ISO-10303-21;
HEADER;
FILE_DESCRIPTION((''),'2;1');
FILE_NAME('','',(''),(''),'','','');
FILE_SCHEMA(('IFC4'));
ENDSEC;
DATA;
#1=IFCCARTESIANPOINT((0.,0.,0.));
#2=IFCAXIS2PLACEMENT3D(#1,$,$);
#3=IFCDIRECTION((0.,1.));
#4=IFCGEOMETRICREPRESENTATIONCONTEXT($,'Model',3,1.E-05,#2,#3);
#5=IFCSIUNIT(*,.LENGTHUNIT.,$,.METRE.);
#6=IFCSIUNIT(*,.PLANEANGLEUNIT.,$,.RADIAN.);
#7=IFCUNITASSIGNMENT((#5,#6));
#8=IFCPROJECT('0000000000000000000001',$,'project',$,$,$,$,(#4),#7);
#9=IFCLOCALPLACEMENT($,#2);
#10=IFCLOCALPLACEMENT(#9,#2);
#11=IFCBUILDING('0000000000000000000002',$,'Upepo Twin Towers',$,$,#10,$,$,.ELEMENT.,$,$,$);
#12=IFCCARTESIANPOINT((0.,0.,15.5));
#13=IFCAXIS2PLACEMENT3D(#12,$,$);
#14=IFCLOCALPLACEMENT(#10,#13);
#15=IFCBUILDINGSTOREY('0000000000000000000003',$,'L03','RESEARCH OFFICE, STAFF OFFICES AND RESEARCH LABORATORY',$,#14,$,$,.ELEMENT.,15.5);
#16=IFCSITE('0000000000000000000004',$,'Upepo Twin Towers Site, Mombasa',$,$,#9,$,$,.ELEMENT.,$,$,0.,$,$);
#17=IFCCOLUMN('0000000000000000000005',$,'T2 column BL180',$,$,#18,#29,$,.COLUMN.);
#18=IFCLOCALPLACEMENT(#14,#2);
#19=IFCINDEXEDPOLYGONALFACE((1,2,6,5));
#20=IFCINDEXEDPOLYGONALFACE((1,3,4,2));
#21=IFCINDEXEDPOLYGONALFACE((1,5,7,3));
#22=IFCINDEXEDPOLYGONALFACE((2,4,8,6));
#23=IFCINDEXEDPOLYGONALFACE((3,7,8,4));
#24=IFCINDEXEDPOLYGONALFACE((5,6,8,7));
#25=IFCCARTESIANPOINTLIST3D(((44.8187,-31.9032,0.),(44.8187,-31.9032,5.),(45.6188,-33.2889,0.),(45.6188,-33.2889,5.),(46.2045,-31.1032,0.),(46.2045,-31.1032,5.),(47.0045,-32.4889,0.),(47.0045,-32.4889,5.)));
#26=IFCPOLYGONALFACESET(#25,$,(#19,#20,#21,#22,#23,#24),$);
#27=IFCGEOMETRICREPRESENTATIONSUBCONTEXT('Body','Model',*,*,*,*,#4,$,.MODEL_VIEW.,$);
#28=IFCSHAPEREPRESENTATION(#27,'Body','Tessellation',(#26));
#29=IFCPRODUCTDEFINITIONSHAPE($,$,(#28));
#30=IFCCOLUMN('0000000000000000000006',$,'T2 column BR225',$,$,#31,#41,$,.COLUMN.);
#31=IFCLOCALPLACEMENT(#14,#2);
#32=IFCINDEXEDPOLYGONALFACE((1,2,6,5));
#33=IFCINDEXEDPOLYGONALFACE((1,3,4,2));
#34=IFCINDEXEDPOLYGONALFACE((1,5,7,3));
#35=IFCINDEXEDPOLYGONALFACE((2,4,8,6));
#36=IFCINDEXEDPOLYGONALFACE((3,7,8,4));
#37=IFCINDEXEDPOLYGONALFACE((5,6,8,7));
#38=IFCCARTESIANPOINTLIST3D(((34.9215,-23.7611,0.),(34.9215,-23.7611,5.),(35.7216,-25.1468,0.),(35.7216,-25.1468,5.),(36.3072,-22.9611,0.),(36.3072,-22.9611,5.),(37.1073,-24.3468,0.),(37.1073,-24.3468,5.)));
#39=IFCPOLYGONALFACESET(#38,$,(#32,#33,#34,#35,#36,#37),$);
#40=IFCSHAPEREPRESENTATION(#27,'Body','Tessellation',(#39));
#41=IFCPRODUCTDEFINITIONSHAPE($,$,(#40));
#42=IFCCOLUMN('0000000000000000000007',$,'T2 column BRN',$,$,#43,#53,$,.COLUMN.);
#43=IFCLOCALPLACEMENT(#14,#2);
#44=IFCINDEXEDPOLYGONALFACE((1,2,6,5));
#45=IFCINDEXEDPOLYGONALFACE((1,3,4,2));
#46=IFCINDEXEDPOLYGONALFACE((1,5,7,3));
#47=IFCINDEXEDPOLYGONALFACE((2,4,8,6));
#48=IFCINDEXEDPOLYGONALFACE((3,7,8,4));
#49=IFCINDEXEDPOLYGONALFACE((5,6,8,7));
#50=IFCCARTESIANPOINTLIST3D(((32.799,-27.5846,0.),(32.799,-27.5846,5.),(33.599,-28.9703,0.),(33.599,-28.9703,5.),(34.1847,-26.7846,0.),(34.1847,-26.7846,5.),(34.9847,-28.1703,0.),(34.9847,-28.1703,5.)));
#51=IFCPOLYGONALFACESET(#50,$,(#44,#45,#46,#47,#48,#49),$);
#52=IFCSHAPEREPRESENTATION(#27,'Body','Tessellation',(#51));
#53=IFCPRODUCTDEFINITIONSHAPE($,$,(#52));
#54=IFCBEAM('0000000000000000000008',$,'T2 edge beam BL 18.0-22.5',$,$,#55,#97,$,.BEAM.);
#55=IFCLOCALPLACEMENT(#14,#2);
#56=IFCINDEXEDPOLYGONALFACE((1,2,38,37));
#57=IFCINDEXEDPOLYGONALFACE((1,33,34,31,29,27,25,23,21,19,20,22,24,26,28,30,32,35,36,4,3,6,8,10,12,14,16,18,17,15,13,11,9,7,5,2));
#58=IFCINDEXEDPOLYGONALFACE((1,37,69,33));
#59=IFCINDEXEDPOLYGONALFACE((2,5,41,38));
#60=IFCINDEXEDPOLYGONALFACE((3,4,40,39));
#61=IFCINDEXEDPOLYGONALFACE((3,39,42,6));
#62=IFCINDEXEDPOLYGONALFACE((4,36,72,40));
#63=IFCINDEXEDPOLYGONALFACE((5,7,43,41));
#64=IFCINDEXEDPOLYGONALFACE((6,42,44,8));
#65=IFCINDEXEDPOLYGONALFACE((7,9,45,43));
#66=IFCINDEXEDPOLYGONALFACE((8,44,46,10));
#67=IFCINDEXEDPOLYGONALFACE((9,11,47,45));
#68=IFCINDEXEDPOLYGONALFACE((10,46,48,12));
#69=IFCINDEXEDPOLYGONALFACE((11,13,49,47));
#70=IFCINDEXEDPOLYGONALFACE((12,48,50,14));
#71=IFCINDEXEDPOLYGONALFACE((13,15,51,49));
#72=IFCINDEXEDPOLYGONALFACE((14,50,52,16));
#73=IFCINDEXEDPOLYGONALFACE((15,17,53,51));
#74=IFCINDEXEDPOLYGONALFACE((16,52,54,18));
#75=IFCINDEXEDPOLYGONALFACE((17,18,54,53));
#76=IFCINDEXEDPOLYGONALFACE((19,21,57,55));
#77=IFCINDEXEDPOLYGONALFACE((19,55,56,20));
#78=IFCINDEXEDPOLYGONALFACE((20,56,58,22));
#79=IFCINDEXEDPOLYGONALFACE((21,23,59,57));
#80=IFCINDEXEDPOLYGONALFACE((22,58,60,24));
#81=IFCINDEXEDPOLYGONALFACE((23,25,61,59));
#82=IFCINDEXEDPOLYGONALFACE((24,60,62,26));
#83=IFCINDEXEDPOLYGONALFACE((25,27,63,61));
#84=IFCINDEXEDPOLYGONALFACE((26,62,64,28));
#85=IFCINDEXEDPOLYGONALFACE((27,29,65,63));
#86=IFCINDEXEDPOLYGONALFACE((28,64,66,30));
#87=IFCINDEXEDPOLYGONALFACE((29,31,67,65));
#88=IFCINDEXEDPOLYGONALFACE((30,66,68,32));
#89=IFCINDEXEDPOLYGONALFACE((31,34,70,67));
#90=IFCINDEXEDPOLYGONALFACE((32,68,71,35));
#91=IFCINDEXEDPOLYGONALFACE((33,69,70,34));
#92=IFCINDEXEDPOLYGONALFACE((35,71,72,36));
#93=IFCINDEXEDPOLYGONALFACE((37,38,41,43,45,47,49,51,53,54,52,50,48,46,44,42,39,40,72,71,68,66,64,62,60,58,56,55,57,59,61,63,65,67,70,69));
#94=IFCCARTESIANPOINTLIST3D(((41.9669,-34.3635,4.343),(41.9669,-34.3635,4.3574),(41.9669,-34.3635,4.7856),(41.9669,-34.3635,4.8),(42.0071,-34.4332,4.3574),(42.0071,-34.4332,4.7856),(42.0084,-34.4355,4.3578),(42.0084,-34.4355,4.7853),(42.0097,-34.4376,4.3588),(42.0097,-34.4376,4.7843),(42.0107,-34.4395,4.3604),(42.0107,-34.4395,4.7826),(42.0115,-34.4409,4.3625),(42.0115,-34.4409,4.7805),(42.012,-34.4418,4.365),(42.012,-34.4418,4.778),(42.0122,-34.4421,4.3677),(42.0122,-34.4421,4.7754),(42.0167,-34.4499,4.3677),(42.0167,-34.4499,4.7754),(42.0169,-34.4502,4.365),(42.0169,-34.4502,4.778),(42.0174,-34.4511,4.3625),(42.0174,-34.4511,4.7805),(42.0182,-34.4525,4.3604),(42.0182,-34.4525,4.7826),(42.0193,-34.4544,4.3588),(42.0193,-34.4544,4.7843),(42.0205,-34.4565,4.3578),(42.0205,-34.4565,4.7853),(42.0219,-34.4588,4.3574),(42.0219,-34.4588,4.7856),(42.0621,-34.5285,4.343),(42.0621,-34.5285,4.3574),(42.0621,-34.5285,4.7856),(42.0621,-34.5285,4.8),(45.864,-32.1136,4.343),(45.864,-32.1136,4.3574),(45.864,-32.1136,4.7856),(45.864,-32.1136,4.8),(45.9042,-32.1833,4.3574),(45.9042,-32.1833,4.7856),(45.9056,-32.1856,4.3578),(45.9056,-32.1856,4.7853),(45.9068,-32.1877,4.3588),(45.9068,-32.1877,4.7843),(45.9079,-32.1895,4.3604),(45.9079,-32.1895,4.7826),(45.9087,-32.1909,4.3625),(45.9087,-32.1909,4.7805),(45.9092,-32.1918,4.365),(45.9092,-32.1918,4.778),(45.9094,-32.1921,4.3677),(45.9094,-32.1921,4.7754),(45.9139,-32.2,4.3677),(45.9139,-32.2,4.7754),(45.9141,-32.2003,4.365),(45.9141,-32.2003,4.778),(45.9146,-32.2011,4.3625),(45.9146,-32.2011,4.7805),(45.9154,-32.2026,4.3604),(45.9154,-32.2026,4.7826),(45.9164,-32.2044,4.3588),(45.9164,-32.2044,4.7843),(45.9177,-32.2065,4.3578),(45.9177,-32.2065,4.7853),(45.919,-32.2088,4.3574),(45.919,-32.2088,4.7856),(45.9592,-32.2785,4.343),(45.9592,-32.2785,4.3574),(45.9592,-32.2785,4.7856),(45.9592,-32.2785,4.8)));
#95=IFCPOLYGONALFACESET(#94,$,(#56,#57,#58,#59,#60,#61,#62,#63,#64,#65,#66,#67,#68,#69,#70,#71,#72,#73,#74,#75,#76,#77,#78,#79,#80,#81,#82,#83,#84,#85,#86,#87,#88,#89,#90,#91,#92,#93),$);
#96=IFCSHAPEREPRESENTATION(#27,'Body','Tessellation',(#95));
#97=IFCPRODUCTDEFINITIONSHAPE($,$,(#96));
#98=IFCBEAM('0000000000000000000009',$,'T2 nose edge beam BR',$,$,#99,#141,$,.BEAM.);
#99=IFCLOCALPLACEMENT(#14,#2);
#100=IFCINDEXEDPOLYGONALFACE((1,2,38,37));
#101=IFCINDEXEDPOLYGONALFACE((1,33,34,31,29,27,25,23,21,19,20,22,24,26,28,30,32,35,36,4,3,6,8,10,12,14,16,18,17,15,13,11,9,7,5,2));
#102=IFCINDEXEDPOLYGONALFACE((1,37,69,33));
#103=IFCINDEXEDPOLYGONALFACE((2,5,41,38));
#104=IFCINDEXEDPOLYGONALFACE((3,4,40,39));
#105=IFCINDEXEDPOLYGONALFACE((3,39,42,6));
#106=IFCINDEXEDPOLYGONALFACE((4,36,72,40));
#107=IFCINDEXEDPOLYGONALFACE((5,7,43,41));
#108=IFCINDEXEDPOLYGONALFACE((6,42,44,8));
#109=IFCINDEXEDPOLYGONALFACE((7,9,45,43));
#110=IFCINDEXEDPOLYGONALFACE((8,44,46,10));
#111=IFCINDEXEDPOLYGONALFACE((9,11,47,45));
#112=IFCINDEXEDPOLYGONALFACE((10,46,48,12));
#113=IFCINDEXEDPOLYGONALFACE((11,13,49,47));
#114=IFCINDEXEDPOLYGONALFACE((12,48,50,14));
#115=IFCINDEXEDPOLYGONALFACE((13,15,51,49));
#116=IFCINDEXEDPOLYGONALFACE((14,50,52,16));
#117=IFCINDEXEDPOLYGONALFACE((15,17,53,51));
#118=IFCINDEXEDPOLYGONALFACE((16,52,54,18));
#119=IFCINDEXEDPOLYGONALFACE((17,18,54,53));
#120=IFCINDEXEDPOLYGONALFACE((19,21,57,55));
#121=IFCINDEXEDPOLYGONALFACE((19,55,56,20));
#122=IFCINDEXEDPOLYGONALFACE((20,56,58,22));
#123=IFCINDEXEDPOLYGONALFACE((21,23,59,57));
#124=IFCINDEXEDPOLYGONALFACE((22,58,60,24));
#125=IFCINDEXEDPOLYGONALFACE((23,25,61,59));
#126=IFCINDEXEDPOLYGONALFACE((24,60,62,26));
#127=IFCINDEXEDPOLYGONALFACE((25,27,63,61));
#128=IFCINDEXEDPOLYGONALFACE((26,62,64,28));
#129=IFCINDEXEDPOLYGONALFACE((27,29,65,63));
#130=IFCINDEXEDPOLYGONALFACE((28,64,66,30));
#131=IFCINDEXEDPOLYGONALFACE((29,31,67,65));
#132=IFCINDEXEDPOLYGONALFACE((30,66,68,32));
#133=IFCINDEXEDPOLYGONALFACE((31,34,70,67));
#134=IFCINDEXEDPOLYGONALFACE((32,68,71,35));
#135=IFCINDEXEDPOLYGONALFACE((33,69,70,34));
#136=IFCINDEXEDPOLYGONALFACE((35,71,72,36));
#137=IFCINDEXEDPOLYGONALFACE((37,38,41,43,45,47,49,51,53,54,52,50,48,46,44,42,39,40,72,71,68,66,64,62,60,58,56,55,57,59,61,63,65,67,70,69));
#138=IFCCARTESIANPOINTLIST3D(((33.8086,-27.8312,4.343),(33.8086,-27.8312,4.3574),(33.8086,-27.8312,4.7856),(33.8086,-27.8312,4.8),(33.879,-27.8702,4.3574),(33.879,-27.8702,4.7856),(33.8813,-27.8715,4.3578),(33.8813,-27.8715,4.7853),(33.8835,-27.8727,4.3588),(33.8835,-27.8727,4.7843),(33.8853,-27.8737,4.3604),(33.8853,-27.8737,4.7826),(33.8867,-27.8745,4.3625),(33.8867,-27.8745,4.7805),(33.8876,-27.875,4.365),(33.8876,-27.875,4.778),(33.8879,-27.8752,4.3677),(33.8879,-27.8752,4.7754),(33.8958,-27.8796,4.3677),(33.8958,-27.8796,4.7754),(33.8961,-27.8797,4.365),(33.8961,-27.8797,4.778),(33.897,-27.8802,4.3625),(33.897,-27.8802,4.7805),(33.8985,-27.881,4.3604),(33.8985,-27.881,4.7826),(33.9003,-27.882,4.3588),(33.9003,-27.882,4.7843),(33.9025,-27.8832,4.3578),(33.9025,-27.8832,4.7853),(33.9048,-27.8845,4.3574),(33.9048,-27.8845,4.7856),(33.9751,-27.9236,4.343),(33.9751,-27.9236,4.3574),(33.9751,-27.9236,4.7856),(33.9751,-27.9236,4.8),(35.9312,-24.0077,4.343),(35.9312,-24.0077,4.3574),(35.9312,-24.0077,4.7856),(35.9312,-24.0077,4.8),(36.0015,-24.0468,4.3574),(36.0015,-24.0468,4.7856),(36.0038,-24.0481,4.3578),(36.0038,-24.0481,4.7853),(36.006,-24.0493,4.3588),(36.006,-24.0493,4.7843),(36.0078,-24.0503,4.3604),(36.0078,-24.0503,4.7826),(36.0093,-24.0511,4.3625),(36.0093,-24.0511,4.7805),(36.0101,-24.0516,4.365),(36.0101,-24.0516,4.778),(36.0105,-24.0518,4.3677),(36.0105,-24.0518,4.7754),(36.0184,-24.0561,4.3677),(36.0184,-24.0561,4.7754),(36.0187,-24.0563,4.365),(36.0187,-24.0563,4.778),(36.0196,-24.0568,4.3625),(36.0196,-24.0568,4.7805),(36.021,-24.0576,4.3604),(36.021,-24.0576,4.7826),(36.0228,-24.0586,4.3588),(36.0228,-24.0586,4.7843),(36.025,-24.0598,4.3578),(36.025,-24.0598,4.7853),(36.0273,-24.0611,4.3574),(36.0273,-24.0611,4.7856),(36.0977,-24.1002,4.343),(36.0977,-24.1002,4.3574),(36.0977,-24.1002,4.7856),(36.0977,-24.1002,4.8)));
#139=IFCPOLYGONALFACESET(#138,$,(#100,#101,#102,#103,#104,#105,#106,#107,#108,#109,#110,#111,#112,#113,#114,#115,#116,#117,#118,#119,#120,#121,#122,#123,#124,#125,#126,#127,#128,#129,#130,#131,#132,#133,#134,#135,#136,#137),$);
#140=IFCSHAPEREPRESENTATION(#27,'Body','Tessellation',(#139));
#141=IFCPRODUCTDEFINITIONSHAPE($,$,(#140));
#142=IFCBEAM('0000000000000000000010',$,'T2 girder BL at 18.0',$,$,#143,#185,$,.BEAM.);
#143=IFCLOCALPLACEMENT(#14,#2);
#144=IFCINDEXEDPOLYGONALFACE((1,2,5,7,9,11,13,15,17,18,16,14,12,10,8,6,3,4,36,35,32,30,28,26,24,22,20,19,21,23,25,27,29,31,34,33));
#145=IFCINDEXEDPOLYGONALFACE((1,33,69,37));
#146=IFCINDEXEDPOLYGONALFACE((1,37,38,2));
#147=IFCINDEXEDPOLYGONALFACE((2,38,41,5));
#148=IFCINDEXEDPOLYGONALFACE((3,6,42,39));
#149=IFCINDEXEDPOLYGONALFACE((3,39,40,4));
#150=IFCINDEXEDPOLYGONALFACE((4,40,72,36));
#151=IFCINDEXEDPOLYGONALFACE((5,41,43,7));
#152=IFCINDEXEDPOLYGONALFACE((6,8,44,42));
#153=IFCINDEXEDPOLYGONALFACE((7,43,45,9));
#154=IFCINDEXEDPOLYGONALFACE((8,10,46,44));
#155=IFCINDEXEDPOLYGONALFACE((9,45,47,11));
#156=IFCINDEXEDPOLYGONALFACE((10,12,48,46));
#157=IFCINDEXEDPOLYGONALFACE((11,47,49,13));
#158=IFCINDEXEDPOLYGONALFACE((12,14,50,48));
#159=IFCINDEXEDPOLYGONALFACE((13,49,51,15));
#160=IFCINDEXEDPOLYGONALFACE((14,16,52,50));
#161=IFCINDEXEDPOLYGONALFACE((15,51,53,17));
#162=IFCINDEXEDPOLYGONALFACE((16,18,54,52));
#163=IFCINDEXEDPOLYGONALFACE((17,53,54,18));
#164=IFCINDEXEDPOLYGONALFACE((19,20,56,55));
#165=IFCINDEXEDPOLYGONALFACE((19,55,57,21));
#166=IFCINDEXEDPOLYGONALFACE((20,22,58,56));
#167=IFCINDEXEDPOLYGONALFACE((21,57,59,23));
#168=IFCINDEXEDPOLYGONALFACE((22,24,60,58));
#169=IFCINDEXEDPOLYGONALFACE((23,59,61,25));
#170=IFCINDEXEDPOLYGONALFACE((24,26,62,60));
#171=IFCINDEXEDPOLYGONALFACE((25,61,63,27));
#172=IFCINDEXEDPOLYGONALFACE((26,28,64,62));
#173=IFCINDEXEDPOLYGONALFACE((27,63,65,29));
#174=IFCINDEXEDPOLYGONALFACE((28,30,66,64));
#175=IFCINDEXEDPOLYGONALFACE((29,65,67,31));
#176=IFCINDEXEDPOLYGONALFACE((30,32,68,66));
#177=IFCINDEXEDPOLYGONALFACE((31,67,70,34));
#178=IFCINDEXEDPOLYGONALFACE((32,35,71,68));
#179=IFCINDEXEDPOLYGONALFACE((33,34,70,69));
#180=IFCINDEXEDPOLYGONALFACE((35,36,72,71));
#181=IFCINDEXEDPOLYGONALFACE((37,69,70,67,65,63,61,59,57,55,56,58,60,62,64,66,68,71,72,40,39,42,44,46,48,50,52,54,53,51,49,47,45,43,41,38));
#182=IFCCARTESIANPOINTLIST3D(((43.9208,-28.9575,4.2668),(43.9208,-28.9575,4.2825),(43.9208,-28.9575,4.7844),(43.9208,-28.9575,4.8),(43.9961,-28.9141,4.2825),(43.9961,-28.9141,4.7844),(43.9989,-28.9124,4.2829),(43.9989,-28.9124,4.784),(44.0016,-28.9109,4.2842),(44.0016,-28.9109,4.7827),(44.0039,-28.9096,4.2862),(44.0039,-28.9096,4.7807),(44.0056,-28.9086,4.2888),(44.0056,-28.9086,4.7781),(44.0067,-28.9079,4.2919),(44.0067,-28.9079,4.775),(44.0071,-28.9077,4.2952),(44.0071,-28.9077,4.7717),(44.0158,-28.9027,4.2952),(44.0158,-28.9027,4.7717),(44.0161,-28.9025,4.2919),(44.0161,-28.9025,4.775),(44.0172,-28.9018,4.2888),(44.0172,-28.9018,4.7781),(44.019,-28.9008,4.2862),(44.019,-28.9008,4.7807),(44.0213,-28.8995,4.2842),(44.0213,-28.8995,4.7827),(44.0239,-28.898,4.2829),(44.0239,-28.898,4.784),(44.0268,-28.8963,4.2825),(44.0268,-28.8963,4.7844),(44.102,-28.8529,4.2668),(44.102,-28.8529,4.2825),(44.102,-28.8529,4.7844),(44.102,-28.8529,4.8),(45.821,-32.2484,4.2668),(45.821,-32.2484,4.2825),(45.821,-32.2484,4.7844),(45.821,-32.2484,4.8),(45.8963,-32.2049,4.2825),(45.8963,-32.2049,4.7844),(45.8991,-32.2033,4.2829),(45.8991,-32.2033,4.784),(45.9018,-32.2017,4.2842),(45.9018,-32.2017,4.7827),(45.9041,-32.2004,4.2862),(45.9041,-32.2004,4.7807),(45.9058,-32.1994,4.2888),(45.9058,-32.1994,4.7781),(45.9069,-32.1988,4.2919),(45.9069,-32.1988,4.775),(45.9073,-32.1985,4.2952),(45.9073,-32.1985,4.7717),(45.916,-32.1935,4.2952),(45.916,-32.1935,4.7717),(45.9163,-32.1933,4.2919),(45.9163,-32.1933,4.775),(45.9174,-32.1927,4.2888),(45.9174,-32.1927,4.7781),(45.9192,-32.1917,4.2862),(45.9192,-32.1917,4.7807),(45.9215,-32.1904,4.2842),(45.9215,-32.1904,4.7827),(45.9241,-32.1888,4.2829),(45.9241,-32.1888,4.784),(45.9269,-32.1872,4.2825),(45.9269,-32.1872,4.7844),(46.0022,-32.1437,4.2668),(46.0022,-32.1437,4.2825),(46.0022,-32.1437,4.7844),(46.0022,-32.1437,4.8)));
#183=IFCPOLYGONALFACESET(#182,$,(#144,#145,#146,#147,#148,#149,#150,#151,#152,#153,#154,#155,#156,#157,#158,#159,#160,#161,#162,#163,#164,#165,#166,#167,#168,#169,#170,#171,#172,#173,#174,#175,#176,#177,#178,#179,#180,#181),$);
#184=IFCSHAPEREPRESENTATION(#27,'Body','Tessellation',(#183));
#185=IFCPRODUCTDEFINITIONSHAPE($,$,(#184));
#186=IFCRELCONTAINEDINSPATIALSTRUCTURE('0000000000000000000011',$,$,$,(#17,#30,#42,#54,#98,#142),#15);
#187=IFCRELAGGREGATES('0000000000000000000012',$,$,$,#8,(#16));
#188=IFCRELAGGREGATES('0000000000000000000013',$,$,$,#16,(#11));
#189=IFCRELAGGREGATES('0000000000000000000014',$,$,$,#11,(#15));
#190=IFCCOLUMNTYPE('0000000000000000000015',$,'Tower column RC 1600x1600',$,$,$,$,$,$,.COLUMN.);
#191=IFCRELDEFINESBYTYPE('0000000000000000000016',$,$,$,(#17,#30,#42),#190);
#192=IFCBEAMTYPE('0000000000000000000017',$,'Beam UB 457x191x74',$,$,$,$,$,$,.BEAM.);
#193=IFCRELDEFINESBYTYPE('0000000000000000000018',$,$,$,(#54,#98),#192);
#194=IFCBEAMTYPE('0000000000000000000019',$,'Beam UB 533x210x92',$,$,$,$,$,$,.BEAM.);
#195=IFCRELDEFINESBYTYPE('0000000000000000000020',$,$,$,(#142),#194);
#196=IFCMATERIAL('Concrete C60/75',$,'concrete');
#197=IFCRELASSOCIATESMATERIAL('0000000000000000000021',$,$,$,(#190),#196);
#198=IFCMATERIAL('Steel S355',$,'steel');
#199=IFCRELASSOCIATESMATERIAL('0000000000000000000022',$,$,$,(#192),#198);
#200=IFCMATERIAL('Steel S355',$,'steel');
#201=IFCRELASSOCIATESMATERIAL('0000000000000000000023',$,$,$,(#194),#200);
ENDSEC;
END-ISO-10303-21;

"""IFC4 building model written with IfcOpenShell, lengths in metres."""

from ifc_helpers import new_model, si_unit, direction, frame, origin, origin_2d, place, context, subcontext, project, spatial, rectangle, i_section, extrude, material, material_profile, profile_set, type_object, element, save


model = new_model("IFC4")

# Units and contexts
model_context = context("Model", 3, precision=1e-05, world=origin(), true_north=direction((0.0, 1.0)))
body_context = subcontext(model_context, "Body", "Model", "MODEL_VIEW")
ifc_project = project(units=[si_unit("LENGTHUNIT", "METRE"), si_unit("PLANEANGLEUNIT", "RADIAN")], contexts=[model_context])

# Site, building, storey
site_placement = place(None, origin())
site = spatial("IfcSite", under=ifc_project, at=site_placement, Name="Upepo Twin Towers Site, Mombasa", CompositionType="ELEMENT", RefElevation=0.0)
building_placement = place(site_placement, origin())
building = spatial("IfcBuilding", under=site, at=building_placement, Name="Upepo Twin Towers", CompositionType="ELEMENT")
storey_placement = place(building_placement, frame((0.0, 0.0, 15.5)))
storey = spatial("IfcBuildingStorey", under=building, at=storey_placement, Name="L03", Description="RESEARCH OFFICE, STAFF OFFICES AND RESEARCH LABORATORY", CompositionType="ELEMENT", Elevation=15.5)

# Columns
ifc_material_1 = material(Name="Concrete C60/75", Category="concrete")
ifc_material_profile_1 = material_profile(ifc_material_1, rectangle(XDim=1.6001, YDim=1.6001, at=origin_2d()), Name="RC 1600x1600")
ifc_profile_set_1 = profile_set([ifc_material_profile_1], Name="Concrete C60/75")
column_type = type_object("IfcColumnType", Name="Tower column RC 1600x1600", PredefinedType="COLUMN", material=ifc_profile_set_1)
for number, where, z_axis, x_axis, name in (
    (1, (45.9116, -32.196, 0.0), (0.0, 0.0, 1.0), (0.866025, 0.5, 0.0), "T2 column BL180"),
    (2, (36.0144, -24.054, 0.0), (0.0, 0.0, 1.0), (0.866025, 0.5, 0.0), "T2 column BR225"),
    (3, (33.8918, -27.8774, 0.0), (0.0, 0.0, 1.0), (0.866025, 0.5, 0.0), "T2 column BRN"),
):
    element("IfcColumn", number, at=place(storey_placement, frame(where, z_axis=z_axis, x_axis=x_axis)), inside=storey, type_object=column_type, Name=name, PredefinedType="COLUMN", context=body_context, shape_type="SweptSolid", body=[
        extrude(rectangle(XDim=1.6001, YDim=1.6001, at=origin_2d()), origin(), (0.0, 0.0, 1.0), 5.0),
    ])

# Beams
ifc_material_2 = material(Name="Steel S355", Category="steel")
ifc_material_profile_2 = material_profile(ifc_material_2, i_section(OverallWidth=0.1904, OverallDepth=0.457, WebThickness=0.009, FlangeThickness=0.0144, FilletRadius=0.0103, at=origin_2d()), Name="UB 457x191x74")
ifc_profile_set_2 = profile_set([ifc_material_profile_2], Name="Steel S355")
beam_type_1 = type_object("IfcBeamType", Name="Beam UB 457x191x74", PredefinedType="BEAM", material=ifc_profile_set_2)
beam_1_placement = place(storey_placement, frame((45.9116, -32.196, 4.5715), z_axis=(-0.866031, -0.49999, 0.0), x_axis=(0.49999, -0.866031, 0.0)))
element("IfcBeam", 4, at=beam_1_placement, inside=storey, type_object=beam_type_1, Name="T2 edge beam BL 18.0-22.5", PredefinedType="BEAM", context=body_context, shape_type="SweptSolid", body=[
    extrude(i_section(OverallWidth=0.1904, OverallDepth=0.457, WebThickness=0.009, FlangeThickness=0.0144, FilletRadius=0.0103, at=origin_2d()), origin(), (0.0, 0.0, 1.0), 4.5),
])
beam_2_placement = place(storey_placement, frame((36.0144, -24.054, 4.5715), z_axis=(-0.485363, -0.874313, 0.0), x_axis=(0.874313, -0.485363, 0.0)))
element("IfcBeam", 5, at=beam_2_placement, inside=storey, type_object=beam_type_1, Name="T2 nose edge beam BR", PredefinedType="BEAM", context=body_context, shape_type="SweptSolid", body=[
    extrude(i_section(OverallWidth=0.1904, OverallDepth=0.457, WebThickness=0.009, FlangeThickness=0.0144, FilletRadius=0.0103, at=origin_2d()), origin(), (0.0, 0.0, 1.0), 4.373),
])
ifc_material_3 = material(Name="Steel S355", Category="steel")
ifc_material_profile_3 = material_profile(ifc_material_3, i_section(OverallWidth=0.2092, OverallDepth=0.5332, WebThickness=0.01, FlangeThickness=0.0156, FilletRadius=0.0127, at=origin_2d()), Name="UB 533x210x92")
ifc_profile_set_3 = profile_set([ifc_material_profile_3], Name="Steel S355")
beam_type_2 = type_object("IfcBeamType", Name="Beam UB 533x210x92", PredefinedType="BEAM", material=ifc_profile_set_3)
beam_3_placement = place(storey_placement, frame((45.9116, -32.196, 4.5334), z_axis=(-0.500043, 0.866, 0.0), x_axis=(-0.866, -0.500043, 0.0)))
element("IfcBeam", 6, at=beam_3_placement, inside=storey, type_object=beam_type_2, Name="T2 girder BL at 18.0", PredefinedType="BEAM", context=body_context, shape_type="SweptSolid", body=[
    extrude(i_section(OverallWidth=0.2092, OverallDepth=0.5332, WebThickness=0.01, FlangeThickness=0.0156, FilletRadius=0.0127, at=origin_2d()), origin(), (0.0, 0.0, 1.0), 3.8),
])

save(model, "model.ifc")
